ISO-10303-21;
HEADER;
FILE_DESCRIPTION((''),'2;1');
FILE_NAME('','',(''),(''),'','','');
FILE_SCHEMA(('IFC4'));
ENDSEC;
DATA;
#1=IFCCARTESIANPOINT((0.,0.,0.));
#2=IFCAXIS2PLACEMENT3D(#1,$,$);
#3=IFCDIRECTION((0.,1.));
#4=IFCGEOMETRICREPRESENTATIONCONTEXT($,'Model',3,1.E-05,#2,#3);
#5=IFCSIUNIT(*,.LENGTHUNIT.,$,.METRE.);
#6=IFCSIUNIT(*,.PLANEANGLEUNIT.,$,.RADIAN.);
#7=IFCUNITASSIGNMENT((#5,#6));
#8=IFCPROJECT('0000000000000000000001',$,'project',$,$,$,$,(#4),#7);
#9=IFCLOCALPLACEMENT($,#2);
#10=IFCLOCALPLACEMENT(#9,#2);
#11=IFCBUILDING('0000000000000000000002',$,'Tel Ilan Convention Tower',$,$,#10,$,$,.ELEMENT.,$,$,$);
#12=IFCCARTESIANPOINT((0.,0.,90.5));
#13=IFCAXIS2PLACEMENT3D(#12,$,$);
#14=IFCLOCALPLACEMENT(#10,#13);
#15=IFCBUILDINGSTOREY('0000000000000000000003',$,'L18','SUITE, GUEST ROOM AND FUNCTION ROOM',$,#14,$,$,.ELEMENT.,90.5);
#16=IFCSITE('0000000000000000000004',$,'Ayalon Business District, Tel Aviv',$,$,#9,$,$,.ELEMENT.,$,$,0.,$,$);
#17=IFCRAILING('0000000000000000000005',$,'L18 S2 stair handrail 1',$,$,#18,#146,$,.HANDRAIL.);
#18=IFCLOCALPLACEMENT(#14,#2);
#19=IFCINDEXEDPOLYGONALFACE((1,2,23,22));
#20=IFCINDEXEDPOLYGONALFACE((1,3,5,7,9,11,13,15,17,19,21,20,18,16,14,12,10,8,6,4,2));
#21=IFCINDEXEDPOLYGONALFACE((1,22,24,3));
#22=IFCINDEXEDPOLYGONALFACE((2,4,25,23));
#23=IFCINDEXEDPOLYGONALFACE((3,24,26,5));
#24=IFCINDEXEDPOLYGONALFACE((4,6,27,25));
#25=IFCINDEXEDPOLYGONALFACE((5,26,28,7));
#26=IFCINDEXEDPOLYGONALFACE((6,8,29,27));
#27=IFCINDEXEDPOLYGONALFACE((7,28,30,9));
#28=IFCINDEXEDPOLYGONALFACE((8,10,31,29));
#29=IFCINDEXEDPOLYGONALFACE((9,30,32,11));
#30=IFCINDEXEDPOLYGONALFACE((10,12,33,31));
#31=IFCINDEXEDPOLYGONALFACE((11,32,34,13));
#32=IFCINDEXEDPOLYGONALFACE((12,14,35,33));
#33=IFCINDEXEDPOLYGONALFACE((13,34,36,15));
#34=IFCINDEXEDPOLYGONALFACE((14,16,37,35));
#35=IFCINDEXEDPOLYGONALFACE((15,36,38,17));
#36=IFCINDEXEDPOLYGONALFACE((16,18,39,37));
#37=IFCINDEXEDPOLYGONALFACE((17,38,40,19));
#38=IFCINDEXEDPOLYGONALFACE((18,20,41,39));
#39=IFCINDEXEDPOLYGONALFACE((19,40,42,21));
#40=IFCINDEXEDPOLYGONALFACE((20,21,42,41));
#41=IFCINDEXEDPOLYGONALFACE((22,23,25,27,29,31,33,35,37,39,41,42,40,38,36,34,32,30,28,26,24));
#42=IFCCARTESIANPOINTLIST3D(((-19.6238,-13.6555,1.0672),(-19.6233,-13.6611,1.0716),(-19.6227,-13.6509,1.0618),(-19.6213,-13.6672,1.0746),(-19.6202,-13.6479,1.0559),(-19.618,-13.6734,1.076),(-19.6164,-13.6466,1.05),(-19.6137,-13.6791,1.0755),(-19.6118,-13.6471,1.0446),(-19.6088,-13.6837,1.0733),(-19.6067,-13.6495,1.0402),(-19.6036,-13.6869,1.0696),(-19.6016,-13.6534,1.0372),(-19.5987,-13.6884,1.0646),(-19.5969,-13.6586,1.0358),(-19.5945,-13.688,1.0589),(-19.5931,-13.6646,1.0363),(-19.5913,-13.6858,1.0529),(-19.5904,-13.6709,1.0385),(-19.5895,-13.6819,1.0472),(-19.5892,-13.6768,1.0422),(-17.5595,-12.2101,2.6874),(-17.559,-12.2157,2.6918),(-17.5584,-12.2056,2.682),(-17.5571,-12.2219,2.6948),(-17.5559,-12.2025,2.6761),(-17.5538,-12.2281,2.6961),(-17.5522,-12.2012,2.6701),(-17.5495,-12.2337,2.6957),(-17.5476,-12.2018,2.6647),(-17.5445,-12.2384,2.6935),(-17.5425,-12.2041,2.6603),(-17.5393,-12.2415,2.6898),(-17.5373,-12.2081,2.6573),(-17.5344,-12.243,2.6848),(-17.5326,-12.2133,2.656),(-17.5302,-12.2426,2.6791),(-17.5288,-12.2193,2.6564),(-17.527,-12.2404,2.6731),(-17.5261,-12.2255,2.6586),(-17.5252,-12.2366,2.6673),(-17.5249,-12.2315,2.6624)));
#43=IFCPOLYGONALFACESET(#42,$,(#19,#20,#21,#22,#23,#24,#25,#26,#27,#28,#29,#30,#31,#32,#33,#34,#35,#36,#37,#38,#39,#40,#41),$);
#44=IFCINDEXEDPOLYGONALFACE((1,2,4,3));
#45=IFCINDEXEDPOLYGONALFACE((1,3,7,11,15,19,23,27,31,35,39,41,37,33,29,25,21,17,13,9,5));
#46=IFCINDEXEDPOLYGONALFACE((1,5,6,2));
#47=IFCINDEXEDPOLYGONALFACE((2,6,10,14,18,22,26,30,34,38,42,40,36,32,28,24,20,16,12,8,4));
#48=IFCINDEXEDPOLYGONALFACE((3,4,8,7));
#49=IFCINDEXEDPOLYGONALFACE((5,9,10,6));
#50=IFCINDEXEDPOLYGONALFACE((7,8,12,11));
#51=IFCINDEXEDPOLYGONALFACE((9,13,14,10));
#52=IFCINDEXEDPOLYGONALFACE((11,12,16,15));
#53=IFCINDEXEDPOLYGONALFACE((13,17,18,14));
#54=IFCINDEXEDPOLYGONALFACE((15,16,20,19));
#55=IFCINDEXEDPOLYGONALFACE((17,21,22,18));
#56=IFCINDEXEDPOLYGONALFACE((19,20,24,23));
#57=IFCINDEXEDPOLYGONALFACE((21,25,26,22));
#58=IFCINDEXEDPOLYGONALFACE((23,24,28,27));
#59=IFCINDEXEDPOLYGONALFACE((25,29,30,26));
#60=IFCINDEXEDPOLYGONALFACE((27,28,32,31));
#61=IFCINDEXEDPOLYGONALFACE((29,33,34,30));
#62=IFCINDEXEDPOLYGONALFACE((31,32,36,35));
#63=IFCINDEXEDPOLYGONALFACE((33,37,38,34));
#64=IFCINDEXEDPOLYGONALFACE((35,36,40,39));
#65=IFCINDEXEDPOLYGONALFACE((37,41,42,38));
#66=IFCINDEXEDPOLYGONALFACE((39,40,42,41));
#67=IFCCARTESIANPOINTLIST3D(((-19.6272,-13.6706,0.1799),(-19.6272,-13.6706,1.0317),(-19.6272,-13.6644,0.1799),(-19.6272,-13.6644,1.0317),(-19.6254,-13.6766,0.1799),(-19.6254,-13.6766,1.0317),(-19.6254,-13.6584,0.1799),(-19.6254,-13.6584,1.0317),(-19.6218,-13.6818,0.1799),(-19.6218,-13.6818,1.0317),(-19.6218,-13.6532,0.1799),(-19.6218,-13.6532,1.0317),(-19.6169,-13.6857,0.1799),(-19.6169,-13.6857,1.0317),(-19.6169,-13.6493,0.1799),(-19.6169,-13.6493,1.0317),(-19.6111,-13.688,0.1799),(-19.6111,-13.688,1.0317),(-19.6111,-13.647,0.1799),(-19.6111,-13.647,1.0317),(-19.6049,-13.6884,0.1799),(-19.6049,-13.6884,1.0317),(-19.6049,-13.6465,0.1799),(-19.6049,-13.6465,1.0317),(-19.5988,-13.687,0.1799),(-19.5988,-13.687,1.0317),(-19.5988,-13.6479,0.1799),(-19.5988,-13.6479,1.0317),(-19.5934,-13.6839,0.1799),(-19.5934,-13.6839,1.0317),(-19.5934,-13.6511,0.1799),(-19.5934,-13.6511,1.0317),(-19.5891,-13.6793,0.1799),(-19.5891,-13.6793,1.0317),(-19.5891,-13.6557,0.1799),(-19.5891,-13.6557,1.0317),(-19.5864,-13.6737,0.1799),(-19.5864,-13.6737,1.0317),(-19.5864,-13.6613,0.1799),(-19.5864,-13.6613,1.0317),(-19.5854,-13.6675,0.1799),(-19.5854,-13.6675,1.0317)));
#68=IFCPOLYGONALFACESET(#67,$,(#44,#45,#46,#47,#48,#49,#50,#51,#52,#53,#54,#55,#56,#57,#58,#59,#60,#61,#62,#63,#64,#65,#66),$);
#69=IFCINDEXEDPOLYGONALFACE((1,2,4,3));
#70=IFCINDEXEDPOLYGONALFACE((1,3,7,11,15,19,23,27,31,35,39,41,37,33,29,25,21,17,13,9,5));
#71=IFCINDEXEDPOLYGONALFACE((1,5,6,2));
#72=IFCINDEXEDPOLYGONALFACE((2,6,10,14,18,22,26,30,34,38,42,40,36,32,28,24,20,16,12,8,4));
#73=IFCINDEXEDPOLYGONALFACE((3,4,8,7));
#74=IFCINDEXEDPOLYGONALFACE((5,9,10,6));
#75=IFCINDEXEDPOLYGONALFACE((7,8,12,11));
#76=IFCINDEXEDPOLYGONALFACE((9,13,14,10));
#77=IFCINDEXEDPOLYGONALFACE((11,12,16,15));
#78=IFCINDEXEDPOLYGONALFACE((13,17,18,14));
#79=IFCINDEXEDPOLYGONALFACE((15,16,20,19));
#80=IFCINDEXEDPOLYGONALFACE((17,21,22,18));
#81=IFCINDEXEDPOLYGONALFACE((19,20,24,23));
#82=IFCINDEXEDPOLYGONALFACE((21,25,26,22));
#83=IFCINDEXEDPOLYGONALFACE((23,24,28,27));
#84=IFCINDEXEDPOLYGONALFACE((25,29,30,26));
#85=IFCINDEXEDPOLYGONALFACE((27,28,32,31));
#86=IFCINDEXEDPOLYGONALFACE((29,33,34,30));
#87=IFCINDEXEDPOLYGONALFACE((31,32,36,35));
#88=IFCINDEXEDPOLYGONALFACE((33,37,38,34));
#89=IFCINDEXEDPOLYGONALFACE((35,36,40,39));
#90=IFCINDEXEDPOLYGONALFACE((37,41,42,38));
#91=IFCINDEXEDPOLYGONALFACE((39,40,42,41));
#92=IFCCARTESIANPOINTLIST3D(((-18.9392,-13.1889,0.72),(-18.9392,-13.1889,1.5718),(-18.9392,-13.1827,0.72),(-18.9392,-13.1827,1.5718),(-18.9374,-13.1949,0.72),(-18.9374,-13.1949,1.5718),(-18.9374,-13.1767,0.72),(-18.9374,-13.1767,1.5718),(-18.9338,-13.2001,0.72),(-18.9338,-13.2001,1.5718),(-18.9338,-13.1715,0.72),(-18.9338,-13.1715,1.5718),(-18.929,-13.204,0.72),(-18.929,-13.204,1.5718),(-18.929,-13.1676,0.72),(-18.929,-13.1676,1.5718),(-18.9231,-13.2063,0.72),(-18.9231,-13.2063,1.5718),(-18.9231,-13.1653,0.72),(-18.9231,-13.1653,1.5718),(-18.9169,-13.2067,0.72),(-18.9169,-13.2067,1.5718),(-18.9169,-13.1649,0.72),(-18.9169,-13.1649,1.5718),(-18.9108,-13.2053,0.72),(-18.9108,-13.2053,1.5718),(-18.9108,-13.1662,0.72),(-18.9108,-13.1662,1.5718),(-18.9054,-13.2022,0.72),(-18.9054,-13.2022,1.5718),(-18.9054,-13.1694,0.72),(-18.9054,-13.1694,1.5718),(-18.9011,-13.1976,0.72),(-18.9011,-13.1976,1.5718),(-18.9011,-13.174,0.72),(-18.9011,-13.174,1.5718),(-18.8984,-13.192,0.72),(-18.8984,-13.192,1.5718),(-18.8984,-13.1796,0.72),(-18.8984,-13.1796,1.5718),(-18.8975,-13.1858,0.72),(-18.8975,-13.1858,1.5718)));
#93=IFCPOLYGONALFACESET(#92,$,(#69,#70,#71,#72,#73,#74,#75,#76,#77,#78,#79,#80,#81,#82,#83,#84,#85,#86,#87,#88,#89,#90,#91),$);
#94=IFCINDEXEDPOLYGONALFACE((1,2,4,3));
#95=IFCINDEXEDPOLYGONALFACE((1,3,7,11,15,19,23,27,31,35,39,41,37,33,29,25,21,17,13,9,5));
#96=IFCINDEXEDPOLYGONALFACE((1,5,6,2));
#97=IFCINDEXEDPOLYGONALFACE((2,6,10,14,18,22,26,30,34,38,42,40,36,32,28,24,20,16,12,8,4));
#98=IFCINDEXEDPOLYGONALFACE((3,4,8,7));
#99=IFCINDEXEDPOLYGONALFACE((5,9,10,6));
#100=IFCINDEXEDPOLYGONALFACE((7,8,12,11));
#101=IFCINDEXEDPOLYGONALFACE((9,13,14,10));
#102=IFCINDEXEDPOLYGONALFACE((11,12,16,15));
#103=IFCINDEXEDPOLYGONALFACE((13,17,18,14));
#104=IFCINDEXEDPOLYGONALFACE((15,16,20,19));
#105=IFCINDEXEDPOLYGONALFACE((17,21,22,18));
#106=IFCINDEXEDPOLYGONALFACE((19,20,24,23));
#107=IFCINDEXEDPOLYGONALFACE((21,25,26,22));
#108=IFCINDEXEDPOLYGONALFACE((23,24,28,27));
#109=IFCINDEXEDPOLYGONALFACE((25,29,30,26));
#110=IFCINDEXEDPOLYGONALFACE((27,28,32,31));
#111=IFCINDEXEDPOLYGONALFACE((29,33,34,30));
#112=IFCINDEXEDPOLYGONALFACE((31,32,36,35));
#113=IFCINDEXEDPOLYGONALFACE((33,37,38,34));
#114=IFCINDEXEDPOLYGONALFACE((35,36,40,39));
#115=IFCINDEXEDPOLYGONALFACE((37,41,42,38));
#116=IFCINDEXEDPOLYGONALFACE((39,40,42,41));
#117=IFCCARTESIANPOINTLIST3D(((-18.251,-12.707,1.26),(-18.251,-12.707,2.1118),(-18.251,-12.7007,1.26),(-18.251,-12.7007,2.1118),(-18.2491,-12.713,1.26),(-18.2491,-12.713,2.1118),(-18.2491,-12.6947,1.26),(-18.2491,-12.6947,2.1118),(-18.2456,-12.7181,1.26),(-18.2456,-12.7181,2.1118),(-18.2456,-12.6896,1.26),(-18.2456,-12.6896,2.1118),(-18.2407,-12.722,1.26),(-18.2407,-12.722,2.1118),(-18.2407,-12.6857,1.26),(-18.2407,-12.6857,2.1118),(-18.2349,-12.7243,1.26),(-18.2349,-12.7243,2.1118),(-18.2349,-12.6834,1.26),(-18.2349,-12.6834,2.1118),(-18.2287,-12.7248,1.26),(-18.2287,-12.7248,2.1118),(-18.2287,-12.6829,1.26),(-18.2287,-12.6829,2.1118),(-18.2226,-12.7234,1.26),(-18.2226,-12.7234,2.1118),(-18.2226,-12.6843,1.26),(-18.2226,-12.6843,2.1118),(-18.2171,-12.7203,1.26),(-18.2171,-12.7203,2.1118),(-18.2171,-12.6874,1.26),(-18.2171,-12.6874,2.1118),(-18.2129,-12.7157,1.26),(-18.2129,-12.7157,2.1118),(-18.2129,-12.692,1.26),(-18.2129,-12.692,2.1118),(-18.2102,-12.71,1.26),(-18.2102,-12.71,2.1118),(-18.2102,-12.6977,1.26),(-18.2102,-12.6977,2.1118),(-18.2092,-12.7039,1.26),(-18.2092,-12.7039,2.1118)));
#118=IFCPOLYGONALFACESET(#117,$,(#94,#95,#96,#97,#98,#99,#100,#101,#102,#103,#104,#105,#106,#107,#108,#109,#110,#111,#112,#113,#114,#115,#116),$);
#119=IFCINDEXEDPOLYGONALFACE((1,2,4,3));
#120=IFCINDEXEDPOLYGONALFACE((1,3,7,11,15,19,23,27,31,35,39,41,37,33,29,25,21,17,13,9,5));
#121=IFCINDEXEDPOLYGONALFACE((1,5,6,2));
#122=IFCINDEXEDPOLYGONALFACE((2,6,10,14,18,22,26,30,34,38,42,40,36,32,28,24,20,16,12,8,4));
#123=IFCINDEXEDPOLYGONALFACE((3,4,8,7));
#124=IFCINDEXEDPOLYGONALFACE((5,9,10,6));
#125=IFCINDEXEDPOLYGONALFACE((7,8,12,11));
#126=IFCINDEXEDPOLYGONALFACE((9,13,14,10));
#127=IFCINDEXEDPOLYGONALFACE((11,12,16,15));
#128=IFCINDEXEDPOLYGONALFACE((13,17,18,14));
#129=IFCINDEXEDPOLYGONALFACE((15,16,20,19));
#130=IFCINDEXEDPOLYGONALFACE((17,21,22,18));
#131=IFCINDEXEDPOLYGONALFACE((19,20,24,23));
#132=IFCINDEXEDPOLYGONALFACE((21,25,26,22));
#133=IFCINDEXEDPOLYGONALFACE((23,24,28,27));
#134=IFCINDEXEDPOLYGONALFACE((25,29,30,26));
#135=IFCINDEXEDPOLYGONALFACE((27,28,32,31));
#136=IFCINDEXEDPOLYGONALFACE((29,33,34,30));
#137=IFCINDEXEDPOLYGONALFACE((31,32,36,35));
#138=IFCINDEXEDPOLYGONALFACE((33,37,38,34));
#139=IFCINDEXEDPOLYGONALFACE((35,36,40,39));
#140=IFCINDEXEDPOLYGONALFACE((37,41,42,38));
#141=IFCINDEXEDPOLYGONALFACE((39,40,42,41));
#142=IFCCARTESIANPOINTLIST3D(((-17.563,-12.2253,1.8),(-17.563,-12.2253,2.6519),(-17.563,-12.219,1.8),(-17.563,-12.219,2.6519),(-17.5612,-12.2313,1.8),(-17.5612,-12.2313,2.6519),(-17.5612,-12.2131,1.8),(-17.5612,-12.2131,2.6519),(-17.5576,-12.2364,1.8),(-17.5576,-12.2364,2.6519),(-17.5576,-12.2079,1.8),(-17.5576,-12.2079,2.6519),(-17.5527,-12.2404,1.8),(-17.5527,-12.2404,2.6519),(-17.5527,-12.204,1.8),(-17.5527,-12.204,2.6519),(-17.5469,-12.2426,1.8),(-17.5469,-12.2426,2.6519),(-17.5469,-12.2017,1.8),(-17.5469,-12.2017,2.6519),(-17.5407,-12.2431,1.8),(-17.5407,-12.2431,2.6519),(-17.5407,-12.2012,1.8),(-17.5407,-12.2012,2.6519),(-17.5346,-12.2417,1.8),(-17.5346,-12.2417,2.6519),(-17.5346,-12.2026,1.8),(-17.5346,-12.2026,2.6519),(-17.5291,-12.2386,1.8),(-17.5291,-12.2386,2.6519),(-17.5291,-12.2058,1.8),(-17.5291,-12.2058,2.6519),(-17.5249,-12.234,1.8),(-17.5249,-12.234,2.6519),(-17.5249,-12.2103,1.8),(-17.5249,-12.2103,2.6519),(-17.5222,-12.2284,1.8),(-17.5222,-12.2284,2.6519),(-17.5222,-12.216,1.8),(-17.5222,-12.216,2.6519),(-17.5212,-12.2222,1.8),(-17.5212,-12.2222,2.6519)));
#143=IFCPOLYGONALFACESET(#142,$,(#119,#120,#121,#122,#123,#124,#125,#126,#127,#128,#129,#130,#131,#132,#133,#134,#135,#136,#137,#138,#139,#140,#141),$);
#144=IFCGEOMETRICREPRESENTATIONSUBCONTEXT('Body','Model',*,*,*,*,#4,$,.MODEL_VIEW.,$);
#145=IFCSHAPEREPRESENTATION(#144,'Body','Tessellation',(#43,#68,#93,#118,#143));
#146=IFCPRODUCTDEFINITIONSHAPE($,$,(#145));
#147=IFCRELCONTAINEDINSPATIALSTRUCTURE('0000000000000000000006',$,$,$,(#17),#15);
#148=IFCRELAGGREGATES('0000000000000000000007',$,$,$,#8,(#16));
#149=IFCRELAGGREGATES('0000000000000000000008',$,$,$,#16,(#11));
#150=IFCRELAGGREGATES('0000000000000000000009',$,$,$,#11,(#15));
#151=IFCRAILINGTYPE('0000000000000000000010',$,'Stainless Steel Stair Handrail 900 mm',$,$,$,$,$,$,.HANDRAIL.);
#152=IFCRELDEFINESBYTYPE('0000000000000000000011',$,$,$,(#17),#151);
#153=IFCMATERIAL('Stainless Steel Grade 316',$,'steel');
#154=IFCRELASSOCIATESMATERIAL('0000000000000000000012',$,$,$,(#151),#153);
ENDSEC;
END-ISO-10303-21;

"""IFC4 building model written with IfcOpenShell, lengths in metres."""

from ifc_helpers import new_model, si_unit, direction, frame, origin, origin_2d, place, context, subcontext, project, spatial, circle, extrude, material, type_object, element, save


model = new_model("IFC4")

# Units and contexts
model_context = context("Model", 3, precision=1e-05, world=origin(), true_north=direction((0.0, 1.0)))
body_context = subcontext(model_context, "Body", "Model", "MODEL_VIEW")
ifc_project = project(units=[si_unit("LENGTHUNIT", "METRE"), si_unit("PLANEANGLEUNIT", "RADIAN")], contexts=[model_context])

# Site, building, storey
site_placement = place(None, origin())
site = spatial("IfcSite", under=ifc_project, at=site_placement, Name="Ayalon Business District, Tel Aviv", CompositionType="ELEMENT", RefElevation=0.0)
building_placement = place(site_placement, origin())
building = spatial("IfcBuilding", under=site, at=building_placement, Name="Tel Ilan Convention Tower", CompositionType="ELEMENT")
storey_placement = place(building_placement, frame((0.0, 0.0, 90.5)))
storey = spatial("IfcBuildingStorey", under=building, at=storey_placement, Name="L18", Description="SUITE, GUEST ROOM AND FUNCTION ROOM", CompositionType="ELEMENT", Elevation=90.5)

# Railing
ifc_material_1 = material(Name="Stainless Steel Grade 316", Category="steel")
railing_type_1 = type_object("IfcRailingType", Name="Stainless Steel Stair Handrail 900 mm", PredefinedType="HANDRAIL", material=ifc_material_1)
railing_1_placement = place(storey_placement, frame((-19.6064, -13.6675, 0.1799)))
element("IfcRailing", 1, at=railing_1_placement, inside=storey, type_object=railing_type_1, Name="L18 S2 stair handrail 1", PredefinedType="HANDRAIL", context=body_context, shape_type="SweptSolid", body=[
    extrude(circle(Radius=0.0239, at=origin_2d()), frame((0.0, 0.0, 0.876), z_axis=(0.68904, 0.48245, 0.540801), x_axis=(-0.57356, 0.819164, 0.0)), (0.0, 0.0, 1.0), 2.9958),
    extrude(circle(Radius=0.021, at=origin_2d()), origin(), (0.0, 0.0, 1.0), 0.8518),
    extrude(circle(Radius=0.021, at=origin_2d()), frame((0.688, 0.4817, 0.54)), (0.0, 0.0, 1.0), 0.8518),
    extrude(circle(Radius=0.021, at=origin_2d()), frame((1.3762, 0.9636, 1.0801)), (0.0, 0.0, 1.0), 0.8518),
    extrude(circle(Radius=0.021, at=origin_2d()), frame((2.0642, 1.4453, 1.6201)), (0.0, 0.0, 1.0), 0.8518),
])

save(model, "model.ifc")
